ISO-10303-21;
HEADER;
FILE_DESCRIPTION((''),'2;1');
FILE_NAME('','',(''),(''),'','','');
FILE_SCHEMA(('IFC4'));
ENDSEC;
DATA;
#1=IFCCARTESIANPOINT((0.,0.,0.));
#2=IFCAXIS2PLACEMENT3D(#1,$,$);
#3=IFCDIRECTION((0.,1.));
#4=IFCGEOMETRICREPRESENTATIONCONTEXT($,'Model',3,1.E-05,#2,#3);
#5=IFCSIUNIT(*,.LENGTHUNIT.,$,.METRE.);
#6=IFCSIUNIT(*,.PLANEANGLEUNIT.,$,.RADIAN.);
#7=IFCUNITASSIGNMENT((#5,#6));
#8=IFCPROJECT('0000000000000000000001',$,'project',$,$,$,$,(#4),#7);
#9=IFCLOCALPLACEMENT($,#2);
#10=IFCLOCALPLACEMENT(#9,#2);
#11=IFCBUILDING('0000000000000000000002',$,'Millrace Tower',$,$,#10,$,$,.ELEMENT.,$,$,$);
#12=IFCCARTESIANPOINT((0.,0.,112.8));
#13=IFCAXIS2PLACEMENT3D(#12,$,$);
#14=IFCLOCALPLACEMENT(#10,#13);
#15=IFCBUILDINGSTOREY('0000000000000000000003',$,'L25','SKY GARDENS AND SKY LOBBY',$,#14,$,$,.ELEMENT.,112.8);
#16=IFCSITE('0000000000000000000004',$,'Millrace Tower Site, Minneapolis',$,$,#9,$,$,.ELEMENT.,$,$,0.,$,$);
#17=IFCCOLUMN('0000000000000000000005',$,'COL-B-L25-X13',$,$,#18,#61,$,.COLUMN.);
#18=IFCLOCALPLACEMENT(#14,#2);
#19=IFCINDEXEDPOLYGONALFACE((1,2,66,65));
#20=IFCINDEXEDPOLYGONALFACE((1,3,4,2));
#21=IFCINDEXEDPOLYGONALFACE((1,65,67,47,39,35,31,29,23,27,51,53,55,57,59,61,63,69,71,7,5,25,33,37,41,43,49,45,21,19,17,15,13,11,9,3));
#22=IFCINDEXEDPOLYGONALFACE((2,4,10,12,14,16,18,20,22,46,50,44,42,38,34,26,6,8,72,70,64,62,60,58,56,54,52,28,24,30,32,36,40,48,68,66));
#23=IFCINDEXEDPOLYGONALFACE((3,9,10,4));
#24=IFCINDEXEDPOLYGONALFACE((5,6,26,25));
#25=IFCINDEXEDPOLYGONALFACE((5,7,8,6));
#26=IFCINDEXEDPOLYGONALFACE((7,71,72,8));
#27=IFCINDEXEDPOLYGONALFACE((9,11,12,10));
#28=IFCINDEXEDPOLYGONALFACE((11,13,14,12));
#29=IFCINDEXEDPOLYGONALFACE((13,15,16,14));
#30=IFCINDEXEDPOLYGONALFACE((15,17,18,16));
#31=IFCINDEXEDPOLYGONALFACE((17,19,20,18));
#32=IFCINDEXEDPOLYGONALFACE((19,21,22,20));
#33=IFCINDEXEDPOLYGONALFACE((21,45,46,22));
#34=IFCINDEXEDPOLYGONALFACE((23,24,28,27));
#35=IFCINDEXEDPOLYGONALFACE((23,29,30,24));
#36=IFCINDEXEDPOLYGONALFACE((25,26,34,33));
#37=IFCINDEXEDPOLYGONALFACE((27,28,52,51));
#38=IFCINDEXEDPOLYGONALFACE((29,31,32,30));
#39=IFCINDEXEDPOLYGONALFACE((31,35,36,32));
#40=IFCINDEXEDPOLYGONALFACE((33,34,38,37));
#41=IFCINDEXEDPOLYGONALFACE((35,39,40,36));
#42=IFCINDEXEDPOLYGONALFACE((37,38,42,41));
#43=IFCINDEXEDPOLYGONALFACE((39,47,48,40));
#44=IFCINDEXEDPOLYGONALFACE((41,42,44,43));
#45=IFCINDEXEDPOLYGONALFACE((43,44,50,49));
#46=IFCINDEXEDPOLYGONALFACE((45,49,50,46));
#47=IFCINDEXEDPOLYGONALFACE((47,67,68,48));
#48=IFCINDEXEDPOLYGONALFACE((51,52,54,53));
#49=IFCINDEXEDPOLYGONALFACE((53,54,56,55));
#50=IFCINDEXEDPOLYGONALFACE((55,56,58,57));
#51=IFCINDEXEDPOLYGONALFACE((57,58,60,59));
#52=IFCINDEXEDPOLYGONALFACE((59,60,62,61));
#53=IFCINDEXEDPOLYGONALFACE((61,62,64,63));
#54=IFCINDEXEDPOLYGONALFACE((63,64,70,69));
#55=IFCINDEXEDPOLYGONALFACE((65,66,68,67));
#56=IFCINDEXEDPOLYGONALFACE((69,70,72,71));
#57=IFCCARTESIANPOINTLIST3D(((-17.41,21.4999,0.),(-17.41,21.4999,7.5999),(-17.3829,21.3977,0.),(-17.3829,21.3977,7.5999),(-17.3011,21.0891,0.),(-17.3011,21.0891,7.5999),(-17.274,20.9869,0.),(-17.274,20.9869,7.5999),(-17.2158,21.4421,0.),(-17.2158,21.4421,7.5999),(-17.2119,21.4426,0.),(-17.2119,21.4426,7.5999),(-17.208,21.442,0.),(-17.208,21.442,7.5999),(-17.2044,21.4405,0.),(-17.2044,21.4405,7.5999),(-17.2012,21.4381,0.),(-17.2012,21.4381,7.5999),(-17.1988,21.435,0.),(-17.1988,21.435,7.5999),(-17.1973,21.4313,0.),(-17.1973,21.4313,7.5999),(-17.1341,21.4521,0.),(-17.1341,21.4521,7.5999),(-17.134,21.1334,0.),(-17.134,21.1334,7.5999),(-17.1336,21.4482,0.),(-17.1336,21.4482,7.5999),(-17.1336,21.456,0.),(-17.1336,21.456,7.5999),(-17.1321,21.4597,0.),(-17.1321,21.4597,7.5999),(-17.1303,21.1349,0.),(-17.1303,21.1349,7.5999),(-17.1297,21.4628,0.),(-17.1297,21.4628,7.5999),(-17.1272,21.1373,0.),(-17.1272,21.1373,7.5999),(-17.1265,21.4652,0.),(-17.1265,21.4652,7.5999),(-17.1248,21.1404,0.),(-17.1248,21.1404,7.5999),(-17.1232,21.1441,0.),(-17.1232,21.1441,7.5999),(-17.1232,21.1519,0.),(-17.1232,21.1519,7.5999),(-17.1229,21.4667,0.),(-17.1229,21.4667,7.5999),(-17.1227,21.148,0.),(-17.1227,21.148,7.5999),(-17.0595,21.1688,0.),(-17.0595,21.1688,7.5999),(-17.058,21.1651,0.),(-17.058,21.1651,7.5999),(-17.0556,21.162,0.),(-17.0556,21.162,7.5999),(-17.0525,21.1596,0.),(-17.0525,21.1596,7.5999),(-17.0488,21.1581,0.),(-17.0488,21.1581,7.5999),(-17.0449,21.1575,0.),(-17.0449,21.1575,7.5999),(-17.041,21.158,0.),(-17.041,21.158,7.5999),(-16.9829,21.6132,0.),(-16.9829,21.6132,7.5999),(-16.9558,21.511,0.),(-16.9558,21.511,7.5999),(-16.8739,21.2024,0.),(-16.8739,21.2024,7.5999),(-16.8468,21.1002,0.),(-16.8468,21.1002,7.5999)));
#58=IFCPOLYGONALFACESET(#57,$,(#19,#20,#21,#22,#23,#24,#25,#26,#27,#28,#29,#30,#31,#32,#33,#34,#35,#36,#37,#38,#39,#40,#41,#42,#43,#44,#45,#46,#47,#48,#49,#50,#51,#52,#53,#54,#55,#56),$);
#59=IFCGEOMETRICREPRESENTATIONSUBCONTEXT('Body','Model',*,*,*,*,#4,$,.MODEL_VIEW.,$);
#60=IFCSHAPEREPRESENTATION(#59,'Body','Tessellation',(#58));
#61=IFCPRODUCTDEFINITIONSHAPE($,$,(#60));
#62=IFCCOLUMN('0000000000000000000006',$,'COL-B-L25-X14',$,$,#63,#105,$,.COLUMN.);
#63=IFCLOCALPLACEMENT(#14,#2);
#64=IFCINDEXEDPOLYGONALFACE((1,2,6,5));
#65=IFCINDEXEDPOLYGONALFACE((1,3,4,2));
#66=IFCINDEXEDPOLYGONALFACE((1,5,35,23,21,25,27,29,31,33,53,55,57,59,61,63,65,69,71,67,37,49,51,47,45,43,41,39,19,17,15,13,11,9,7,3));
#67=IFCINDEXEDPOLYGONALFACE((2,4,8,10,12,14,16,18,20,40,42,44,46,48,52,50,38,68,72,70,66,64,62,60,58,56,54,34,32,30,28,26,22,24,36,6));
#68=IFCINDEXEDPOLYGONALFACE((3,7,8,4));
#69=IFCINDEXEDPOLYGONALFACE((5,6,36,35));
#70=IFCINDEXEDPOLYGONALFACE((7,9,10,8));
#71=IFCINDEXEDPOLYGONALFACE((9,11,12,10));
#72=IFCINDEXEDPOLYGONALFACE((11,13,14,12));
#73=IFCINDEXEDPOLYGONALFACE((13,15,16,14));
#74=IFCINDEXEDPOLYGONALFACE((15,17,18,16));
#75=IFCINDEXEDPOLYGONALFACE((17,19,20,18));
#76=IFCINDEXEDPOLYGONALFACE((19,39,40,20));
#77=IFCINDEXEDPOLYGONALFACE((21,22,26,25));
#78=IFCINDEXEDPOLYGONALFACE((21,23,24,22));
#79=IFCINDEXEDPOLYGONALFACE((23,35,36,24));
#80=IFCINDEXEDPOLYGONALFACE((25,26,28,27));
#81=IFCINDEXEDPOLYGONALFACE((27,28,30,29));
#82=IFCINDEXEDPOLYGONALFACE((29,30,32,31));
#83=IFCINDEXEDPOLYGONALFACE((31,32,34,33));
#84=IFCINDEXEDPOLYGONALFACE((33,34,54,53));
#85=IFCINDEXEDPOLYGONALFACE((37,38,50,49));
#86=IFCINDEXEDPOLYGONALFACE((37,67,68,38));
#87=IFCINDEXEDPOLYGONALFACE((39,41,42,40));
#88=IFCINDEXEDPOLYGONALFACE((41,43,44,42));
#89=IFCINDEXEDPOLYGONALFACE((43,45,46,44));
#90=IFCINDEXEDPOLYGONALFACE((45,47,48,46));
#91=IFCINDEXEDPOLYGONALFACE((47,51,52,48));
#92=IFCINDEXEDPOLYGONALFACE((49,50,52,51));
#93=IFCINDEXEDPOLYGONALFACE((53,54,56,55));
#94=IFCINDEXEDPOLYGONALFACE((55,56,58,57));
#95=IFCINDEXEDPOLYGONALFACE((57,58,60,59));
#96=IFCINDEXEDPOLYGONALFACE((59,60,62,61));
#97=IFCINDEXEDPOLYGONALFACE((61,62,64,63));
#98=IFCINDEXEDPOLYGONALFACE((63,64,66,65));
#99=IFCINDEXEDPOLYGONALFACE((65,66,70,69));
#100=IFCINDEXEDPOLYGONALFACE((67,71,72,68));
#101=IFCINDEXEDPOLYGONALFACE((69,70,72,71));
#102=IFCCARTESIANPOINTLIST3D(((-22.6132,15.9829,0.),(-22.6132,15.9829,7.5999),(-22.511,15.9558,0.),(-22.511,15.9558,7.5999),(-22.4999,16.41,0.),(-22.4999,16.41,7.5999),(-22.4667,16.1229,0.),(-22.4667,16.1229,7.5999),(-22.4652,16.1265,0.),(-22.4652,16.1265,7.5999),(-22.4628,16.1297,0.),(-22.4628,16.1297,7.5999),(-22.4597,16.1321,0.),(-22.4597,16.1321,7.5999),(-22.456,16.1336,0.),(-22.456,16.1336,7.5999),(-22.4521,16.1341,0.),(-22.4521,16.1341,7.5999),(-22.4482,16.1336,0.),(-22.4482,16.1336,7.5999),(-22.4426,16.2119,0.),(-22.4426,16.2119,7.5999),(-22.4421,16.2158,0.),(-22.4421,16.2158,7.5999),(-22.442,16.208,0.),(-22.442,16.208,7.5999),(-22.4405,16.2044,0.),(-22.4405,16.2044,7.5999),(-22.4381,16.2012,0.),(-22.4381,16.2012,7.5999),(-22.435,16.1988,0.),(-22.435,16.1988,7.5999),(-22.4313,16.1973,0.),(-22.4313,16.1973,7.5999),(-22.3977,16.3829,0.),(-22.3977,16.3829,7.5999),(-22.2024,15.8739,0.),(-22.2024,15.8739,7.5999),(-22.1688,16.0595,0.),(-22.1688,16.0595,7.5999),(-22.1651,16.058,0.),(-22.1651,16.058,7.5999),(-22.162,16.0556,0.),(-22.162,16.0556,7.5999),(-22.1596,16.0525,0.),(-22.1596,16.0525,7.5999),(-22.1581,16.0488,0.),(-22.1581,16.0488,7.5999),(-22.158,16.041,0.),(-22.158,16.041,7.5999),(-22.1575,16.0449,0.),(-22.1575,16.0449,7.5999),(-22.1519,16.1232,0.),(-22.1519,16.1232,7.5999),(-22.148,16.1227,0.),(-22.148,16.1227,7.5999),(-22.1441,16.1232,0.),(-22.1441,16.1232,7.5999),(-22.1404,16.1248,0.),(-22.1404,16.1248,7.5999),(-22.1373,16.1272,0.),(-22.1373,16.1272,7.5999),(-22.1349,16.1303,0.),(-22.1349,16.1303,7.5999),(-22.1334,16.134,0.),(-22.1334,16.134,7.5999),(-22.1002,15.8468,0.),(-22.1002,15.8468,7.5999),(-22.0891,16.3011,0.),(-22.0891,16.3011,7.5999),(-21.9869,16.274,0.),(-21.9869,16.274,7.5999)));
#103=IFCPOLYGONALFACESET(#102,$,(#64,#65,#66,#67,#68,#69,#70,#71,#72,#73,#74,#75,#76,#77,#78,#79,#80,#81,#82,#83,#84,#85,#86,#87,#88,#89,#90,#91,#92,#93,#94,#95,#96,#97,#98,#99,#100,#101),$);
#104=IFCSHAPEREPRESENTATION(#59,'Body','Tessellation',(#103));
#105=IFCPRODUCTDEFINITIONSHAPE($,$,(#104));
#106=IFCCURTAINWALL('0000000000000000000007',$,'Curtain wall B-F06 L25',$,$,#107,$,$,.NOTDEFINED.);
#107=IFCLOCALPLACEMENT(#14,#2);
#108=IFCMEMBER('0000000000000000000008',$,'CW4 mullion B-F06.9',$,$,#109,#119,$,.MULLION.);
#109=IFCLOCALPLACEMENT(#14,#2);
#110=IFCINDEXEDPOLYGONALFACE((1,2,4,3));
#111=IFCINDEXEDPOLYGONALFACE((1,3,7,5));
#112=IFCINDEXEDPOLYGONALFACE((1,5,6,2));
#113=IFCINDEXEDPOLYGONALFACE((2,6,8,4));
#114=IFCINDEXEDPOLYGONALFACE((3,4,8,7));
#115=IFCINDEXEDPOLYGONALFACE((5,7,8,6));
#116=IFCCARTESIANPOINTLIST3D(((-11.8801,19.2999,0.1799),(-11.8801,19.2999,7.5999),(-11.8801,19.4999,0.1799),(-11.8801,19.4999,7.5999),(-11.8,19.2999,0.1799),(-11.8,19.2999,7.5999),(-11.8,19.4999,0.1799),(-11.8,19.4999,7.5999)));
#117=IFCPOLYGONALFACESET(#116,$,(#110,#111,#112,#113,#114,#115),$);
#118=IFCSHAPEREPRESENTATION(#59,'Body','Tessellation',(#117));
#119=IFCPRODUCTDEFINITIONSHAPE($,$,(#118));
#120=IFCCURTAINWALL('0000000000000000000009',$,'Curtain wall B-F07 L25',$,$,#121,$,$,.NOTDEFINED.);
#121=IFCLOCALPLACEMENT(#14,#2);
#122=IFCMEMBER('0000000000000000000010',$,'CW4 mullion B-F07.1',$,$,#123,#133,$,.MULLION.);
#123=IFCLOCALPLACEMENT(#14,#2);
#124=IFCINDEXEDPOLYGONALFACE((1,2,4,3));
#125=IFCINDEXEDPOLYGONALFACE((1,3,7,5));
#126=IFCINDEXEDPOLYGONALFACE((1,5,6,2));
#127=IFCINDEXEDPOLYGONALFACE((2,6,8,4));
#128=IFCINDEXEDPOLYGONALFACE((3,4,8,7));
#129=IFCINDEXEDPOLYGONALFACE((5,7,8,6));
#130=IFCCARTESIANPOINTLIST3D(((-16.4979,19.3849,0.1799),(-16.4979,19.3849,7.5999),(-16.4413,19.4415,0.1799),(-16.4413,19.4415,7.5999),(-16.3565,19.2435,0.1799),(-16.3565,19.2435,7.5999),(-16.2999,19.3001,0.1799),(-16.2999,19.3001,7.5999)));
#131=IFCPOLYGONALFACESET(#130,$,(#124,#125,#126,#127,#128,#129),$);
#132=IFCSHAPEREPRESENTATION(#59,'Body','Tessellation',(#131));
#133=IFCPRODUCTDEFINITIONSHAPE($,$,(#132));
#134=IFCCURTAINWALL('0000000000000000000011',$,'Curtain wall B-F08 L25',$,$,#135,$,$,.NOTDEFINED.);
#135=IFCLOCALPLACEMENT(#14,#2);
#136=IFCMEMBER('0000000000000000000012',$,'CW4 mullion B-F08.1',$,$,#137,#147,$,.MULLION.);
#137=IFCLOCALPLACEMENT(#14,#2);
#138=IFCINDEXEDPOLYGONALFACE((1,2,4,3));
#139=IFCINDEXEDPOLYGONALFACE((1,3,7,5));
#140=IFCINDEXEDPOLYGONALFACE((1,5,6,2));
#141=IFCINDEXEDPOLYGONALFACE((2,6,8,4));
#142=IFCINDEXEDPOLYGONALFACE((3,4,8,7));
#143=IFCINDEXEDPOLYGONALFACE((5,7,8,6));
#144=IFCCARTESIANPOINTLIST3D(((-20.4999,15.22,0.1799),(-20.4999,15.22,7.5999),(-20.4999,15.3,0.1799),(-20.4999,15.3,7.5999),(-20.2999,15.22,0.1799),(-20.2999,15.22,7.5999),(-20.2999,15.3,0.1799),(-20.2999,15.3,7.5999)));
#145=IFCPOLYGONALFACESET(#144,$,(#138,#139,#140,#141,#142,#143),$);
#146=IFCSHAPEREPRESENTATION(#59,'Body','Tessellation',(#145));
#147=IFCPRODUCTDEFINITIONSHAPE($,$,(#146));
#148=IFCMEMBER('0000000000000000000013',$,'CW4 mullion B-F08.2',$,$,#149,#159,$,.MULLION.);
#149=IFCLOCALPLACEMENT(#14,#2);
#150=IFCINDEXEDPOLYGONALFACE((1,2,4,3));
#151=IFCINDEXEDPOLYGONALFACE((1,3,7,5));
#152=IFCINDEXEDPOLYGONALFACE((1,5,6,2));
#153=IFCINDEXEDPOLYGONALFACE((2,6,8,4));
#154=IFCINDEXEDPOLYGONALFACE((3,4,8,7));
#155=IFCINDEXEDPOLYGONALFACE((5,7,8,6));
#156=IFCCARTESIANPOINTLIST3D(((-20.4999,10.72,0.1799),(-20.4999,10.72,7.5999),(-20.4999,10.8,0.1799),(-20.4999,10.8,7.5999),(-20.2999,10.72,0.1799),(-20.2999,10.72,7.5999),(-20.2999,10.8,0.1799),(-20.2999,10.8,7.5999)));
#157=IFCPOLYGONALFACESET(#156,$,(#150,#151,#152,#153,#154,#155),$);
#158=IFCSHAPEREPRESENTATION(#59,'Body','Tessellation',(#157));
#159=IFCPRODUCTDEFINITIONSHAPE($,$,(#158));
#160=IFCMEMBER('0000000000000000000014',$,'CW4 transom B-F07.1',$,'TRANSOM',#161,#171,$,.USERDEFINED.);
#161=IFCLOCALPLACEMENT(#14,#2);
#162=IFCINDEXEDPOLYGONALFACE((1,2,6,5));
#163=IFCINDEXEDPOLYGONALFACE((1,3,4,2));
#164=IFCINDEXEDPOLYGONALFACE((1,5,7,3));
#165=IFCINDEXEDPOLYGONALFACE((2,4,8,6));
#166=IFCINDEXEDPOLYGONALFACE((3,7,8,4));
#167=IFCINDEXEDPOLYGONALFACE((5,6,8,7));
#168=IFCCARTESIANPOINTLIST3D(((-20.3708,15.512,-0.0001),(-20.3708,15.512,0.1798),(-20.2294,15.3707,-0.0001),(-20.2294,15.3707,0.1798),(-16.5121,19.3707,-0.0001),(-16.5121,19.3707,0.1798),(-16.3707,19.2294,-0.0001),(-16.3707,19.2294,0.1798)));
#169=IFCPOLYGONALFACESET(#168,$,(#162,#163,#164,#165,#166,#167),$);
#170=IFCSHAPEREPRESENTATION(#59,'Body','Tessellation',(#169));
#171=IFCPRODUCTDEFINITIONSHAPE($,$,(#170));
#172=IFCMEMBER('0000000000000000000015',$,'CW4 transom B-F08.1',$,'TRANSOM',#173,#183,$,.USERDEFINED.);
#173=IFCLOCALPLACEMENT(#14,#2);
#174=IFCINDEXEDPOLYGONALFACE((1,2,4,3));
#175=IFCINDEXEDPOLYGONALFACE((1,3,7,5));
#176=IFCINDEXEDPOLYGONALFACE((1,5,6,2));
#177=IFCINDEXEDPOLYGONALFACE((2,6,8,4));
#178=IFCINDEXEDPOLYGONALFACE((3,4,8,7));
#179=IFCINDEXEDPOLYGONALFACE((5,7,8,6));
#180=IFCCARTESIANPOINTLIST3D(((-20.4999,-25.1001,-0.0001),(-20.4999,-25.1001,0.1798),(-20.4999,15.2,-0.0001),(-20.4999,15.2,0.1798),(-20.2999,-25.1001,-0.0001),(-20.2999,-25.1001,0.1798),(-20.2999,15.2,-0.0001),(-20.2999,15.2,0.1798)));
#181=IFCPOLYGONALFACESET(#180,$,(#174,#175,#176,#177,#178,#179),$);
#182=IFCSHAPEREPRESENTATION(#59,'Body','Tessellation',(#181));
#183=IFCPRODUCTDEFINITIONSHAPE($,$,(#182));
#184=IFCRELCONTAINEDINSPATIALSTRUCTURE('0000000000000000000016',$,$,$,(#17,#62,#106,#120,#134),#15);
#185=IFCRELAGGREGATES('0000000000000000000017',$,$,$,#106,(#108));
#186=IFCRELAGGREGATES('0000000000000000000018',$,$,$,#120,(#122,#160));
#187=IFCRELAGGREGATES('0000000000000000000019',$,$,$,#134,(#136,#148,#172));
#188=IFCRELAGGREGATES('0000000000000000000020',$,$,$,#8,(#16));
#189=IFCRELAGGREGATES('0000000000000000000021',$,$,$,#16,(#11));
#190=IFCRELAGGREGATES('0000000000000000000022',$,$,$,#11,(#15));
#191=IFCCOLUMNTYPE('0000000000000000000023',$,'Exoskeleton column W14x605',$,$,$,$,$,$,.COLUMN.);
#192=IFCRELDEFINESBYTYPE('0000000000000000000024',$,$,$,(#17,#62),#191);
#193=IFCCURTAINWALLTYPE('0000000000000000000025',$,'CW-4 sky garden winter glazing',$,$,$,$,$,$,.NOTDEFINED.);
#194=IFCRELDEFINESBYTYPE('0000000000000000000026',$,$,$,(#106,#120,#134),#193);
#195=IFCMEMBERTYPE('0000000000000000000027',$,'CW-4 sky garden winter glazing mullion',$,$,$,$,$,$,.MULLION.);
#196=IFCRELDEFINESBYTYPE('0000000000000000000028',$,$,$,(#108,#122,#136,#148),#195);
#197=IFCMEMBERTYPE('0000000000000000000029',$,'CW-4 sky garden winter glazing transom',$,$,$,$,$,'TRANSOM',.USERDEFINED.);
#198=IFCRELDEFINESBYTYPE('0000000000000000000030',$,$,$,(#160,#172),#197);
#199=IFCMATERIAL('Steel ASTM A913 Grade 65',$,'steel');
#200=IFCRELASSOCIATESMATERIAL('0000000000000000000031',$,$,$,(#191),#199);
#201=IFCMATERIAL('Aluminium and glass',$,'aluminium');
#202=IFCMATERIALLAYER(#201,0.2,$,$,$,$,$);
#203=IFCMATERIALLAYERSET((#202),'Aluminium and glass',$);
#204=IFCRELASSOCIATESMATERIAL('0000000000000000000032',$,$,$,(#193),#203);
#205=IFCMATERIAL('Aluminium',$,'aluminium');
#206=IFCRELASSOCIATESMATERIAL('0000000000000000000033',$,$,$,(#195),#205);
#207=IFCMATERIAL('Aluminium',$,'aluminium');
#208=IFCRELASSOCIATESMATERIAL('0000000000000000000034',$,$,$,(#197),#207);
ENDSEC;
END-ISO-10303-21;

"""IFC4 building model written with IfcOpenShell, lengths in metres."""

from ifc_helpers import new_model, si_unit, direction, frame, origin, origin_2d, place, context, subcontext, project, spatial, rectangle, i_section, extrude, material, layer, layer_set, material_profile, profile_set, type_object, element, aggregate, save


model = new_model("IFC4")

# Units and contexts
model_context = context("Model", 3, precision=1e-05, world=origin(), true_north=direction((0.0, 1.0)))
body_context = subcontext(model_context, "Body", "Model", "MODEL_VIEW")
ifc_project = project(units=[si_unit("LENGTHUNIT", "METRE"), si_unit("PLANEANGLEUNIT", "RADIAN")], contexts=[model_context])

# Site, building, storey
site_placement = place(None, origin())
site = spatial("IfcSite", under=ifc_project, at=site_placement, Name="Millrace Tower Site, Minneapolis", CompositionType="ELEMENT", RefElevation=0.0)
building_placement = place(site_placement, origin())
building = spatial("IfcBuilding", under=site, at=building_placement, Name="Millrace Tower", CompositionType="ELEMENT")
storey_placement = place(building_placement, frame((0.0, 0.0, 112.8)))
storey = spatial("IfcBuildingStorey", under=building, at=storey_placement, Name="L25", Description="SKY GARDENS AND SKY LOBBY", CompositionType="ELEMENT", Elevation=112.8)

# Columns
ifc_material_1 = material(Name="Steel ASTM A913 Grade 65", Category="steel")
ifc_material_profile_1 = material_profile(ifc_material_1, i_section(OverallWidth=0.4419, OverallDepth=0.5308, WebThickness=0.0659, FlangeThickness=0.1057, FilletRadius=0.0151, at=origin_2d()))
ifc_profile_set_1 = profile_set([ifc_material_profile_1], Name="Steel ASTM A913 Grade 65")
column_type = type_object("IfcColumnType", Name="Exoskeleton column W14x605", PredefinedType="COLUMN", material=ifc_profile_set_1)
for number, where, z_axis, x_axis, name in (
    (1, (-17.1284, 21.3, 0.0), (0.0, 0.0, 1.0), (-0.966585, -0.256347, 0.0), "COL-B-L25-X13"),
    (2, (-22.3, 16.1284, 0.0), (0.0, 0.0, 1.0), (-0.256347, -0.966585, 0.0), "COL-B-L25-X14"),
):
    element("IfcColumn", number, at=place(storey_placement, frame(where, z_axis=z_axis, x_axis=x_axis)), inside=storey, type_object=column_type, Name=name, PredefinedType="COLUMN", context=body_context, shape_type="SweptSolid", body=[
        extrude(i_section(OverallWidth=0.4419, OverallDepth=0.5308, WebThickness=0.0659, FlangeThickness=0.1057, FilletRadius=0.0151, at=origin_2d()), origin(), (0.0, 0.0, 1.0), 7.5999),
    ])

# Curtain walls, members
ifc_material_2 = material(Name="Aluminium and glass", Category="aluminium")
ifc_layer_1 = layer(ifc_material_2, 0.2)
ifc_layer_set_1 = layer_set([ifc_layer_1], Name="Aluminium and glass")
curtain_wall_type = type_object("IfcCurtainWallType", Name="CW-4 sky garden winter glazing", PredefinedType="NOTDEFINED", material=ifc_layer_set_1)
placement = place(storey_placement, origin())
curtain_wall_1 = element("IfcCurtainWall", 3, at=placement, inside=storey, type_object=curtain_wall_type, Name="Curtain wall B-F06 L25", PredefinedType="NOTDEFINED")
ifc_material_3 = material(Name="Aluminium", Category="aluminium")
ifc_material_profile_2 = material_profile(ifc_material_3, rectangle(XDim=0.0801, YDim=0.2, at=origin_2d()))
ifc_profile_set_2 = profile_set([ifc_material_profile_2], Name="Aluminium")
member_type_1 = type_object("IfcMemberType", Name="CW-4 sky garden winter glazing mullion", PredefinedType="MULLION", material=ifc_profile_set_2)
member_1_placement = place(storey_placement, frame((-11.8401, 19.3999, 0.1799), z_axis=(0.0, 0.0, 1.0), x_axis=(-1.0, 0.0, 0.0)))
member_1 = element("IfcMember", 4, at=member_1_placement, type_object=member_type_1, Name="CW4 mullion B-F06.9", PredefinedType="MULLION", context=body_context, shape_type="SweptSolid", body=[
    extrude(rectangle(XDim=0.0801, YDim=0.2, at=origin_2d()), origin(), (0.0, 0.0, 1.0), 7.4199),
])
aggregate(curtain_wall_1, [member_1])
curtain_wall_2 = element("IfcCurtainWall", 5, at=placement, inside=storey, type_object=curtain_wall_type, Name="Curtain wall B-F07 L25", PredefinedType="NOTDEFINED")
member_2_placement = place(storey_placement, frame((-16.3989, 19.3425, 0.1799), z_axis=(0.0, 0.0, 1.0), x_axis=(-0.707107, -0.707107, 0.0)))
member_2 = element("IfcMember", 6, at=member_2_placement, type_object=member_type_1, Name="CW4 mullion B-F07.1", PredefinedType="MULLION", context=body_context, shape_type="SweptSolid", body=[
    extrude(rectangle(XDim=0.0801, YDim=0.2, at=origin_2d()), origin(), (0.0, 0.0, 1.0), 7.4199),
])

# Curtain wall, members
curtain_wall_3 = element("IfcCurtainWall", 7, at=placement, inside=storey, type_object=curtain_wall_type, Name="Curtain wall B-F08 L25", PredefinedType="NOTDEFINED")
member_3_placement = place(storey_placement, frame((-20.3999, 15.26, 0.1799), z_axis=(0.0, 0.0, 1.0), x_axis=(0.0, -1.0, 0.0)))
member_3 = element("IfcMember", 8, at=member_3_placement, type_object=member_type_1, Name="CW4 mullion B-F08.1", PredefinedType="MULLION", context=body_context, shape_type="SweptSolid", body=[
    extrude(rectangle(XDim=0.0801, YDim=0.2, at=origin_2d()), origin(), (0.0, 0.0, 1.0), 7.4199),
])
member_4_placement = place(storey_placement, frame((-20.3999, 10.76, 0.1799), z_axis=(0.0, 0.0, 1.0), x_axis=(0.0, -1.0, 0.0)))
member_4 = element("IfcMember", 9, at=member_4_placement, type_object=member_type_1, Name="CW4 mullion B-F08.2", PredefinedType="MULLION", context=body_context, shape_type="SweptSolid", body=[
    extrude(rectangle(XDim=0.0801, YDim=0.2, at=origin_2d()), origin(), (0.0, 0.0, 1.0), 7.4199),
])

# Members
ifc_material_4 = material(Name="Aluminium", Category="aluminium")
ifc_material_profile_3 = material_profile(ifc_material_4, rectangle(XDim=0.2, YDim=0.1799, at=origin_2d()))
ifc_profile_set_3 = profile_set([ifc_material_profile_3], Name="Aluminium")
member_type_2 = type_object("IfcMemberType", Name="CW-4 sky garden winter glazing transom", ElementType="TRANSOM", PredefinedType="USERDEFINED", material=ifc_profile_set_3)
member_5_placement = place(storey_placement, frame((-16.4414, 19.3, 0.0898), z_axis=(-0.707107, -0.707107, 0.0), x_axis=(0.707107, -0.707107, 0.0)))
member_5 = element("IfcMember", 10, at=member_5_placement, type_object=member_type_2, Name="CW4 transom B-F07.1", ObjectType="TRANSOM", PredefinedType="USERDEFINED", context=body_context, shape_type="SweptSolid", body=[
    extrude(rectangle(XDim=0.2, YDim=0.1799, at=origin_2d()), origin(), (0.0, 0.0, 1.0), 5.457),
])
aggregate(curtain_wall_2, [member_2, member_5])
member_6_placement = place(storey_placement, frame((-20.3999, 15.2, 0.0898), z_axis=(0.0, -1.0, 0.0), x_axis=(1.0, 0.0, 0.0)))
member_6 = element("IfcMember", 11, at=member_6_placement, type_object=member_type_2, Name="CW4 transom B-F08.1", ObjectType="TRANSOM", PredefinedType="USERDEFINED", context=body_context, shape_type="SweptSolid", body=[
    extrude(rectangle(XDim=0.2, YDim=0.1799, at=origin_2d()), origin(), (0.0, 0.0, 1.0), 40.3),
])
aggregate(curtain_wall_3, [member_3, member_4, member_6])

save(model, "model.ifc")
